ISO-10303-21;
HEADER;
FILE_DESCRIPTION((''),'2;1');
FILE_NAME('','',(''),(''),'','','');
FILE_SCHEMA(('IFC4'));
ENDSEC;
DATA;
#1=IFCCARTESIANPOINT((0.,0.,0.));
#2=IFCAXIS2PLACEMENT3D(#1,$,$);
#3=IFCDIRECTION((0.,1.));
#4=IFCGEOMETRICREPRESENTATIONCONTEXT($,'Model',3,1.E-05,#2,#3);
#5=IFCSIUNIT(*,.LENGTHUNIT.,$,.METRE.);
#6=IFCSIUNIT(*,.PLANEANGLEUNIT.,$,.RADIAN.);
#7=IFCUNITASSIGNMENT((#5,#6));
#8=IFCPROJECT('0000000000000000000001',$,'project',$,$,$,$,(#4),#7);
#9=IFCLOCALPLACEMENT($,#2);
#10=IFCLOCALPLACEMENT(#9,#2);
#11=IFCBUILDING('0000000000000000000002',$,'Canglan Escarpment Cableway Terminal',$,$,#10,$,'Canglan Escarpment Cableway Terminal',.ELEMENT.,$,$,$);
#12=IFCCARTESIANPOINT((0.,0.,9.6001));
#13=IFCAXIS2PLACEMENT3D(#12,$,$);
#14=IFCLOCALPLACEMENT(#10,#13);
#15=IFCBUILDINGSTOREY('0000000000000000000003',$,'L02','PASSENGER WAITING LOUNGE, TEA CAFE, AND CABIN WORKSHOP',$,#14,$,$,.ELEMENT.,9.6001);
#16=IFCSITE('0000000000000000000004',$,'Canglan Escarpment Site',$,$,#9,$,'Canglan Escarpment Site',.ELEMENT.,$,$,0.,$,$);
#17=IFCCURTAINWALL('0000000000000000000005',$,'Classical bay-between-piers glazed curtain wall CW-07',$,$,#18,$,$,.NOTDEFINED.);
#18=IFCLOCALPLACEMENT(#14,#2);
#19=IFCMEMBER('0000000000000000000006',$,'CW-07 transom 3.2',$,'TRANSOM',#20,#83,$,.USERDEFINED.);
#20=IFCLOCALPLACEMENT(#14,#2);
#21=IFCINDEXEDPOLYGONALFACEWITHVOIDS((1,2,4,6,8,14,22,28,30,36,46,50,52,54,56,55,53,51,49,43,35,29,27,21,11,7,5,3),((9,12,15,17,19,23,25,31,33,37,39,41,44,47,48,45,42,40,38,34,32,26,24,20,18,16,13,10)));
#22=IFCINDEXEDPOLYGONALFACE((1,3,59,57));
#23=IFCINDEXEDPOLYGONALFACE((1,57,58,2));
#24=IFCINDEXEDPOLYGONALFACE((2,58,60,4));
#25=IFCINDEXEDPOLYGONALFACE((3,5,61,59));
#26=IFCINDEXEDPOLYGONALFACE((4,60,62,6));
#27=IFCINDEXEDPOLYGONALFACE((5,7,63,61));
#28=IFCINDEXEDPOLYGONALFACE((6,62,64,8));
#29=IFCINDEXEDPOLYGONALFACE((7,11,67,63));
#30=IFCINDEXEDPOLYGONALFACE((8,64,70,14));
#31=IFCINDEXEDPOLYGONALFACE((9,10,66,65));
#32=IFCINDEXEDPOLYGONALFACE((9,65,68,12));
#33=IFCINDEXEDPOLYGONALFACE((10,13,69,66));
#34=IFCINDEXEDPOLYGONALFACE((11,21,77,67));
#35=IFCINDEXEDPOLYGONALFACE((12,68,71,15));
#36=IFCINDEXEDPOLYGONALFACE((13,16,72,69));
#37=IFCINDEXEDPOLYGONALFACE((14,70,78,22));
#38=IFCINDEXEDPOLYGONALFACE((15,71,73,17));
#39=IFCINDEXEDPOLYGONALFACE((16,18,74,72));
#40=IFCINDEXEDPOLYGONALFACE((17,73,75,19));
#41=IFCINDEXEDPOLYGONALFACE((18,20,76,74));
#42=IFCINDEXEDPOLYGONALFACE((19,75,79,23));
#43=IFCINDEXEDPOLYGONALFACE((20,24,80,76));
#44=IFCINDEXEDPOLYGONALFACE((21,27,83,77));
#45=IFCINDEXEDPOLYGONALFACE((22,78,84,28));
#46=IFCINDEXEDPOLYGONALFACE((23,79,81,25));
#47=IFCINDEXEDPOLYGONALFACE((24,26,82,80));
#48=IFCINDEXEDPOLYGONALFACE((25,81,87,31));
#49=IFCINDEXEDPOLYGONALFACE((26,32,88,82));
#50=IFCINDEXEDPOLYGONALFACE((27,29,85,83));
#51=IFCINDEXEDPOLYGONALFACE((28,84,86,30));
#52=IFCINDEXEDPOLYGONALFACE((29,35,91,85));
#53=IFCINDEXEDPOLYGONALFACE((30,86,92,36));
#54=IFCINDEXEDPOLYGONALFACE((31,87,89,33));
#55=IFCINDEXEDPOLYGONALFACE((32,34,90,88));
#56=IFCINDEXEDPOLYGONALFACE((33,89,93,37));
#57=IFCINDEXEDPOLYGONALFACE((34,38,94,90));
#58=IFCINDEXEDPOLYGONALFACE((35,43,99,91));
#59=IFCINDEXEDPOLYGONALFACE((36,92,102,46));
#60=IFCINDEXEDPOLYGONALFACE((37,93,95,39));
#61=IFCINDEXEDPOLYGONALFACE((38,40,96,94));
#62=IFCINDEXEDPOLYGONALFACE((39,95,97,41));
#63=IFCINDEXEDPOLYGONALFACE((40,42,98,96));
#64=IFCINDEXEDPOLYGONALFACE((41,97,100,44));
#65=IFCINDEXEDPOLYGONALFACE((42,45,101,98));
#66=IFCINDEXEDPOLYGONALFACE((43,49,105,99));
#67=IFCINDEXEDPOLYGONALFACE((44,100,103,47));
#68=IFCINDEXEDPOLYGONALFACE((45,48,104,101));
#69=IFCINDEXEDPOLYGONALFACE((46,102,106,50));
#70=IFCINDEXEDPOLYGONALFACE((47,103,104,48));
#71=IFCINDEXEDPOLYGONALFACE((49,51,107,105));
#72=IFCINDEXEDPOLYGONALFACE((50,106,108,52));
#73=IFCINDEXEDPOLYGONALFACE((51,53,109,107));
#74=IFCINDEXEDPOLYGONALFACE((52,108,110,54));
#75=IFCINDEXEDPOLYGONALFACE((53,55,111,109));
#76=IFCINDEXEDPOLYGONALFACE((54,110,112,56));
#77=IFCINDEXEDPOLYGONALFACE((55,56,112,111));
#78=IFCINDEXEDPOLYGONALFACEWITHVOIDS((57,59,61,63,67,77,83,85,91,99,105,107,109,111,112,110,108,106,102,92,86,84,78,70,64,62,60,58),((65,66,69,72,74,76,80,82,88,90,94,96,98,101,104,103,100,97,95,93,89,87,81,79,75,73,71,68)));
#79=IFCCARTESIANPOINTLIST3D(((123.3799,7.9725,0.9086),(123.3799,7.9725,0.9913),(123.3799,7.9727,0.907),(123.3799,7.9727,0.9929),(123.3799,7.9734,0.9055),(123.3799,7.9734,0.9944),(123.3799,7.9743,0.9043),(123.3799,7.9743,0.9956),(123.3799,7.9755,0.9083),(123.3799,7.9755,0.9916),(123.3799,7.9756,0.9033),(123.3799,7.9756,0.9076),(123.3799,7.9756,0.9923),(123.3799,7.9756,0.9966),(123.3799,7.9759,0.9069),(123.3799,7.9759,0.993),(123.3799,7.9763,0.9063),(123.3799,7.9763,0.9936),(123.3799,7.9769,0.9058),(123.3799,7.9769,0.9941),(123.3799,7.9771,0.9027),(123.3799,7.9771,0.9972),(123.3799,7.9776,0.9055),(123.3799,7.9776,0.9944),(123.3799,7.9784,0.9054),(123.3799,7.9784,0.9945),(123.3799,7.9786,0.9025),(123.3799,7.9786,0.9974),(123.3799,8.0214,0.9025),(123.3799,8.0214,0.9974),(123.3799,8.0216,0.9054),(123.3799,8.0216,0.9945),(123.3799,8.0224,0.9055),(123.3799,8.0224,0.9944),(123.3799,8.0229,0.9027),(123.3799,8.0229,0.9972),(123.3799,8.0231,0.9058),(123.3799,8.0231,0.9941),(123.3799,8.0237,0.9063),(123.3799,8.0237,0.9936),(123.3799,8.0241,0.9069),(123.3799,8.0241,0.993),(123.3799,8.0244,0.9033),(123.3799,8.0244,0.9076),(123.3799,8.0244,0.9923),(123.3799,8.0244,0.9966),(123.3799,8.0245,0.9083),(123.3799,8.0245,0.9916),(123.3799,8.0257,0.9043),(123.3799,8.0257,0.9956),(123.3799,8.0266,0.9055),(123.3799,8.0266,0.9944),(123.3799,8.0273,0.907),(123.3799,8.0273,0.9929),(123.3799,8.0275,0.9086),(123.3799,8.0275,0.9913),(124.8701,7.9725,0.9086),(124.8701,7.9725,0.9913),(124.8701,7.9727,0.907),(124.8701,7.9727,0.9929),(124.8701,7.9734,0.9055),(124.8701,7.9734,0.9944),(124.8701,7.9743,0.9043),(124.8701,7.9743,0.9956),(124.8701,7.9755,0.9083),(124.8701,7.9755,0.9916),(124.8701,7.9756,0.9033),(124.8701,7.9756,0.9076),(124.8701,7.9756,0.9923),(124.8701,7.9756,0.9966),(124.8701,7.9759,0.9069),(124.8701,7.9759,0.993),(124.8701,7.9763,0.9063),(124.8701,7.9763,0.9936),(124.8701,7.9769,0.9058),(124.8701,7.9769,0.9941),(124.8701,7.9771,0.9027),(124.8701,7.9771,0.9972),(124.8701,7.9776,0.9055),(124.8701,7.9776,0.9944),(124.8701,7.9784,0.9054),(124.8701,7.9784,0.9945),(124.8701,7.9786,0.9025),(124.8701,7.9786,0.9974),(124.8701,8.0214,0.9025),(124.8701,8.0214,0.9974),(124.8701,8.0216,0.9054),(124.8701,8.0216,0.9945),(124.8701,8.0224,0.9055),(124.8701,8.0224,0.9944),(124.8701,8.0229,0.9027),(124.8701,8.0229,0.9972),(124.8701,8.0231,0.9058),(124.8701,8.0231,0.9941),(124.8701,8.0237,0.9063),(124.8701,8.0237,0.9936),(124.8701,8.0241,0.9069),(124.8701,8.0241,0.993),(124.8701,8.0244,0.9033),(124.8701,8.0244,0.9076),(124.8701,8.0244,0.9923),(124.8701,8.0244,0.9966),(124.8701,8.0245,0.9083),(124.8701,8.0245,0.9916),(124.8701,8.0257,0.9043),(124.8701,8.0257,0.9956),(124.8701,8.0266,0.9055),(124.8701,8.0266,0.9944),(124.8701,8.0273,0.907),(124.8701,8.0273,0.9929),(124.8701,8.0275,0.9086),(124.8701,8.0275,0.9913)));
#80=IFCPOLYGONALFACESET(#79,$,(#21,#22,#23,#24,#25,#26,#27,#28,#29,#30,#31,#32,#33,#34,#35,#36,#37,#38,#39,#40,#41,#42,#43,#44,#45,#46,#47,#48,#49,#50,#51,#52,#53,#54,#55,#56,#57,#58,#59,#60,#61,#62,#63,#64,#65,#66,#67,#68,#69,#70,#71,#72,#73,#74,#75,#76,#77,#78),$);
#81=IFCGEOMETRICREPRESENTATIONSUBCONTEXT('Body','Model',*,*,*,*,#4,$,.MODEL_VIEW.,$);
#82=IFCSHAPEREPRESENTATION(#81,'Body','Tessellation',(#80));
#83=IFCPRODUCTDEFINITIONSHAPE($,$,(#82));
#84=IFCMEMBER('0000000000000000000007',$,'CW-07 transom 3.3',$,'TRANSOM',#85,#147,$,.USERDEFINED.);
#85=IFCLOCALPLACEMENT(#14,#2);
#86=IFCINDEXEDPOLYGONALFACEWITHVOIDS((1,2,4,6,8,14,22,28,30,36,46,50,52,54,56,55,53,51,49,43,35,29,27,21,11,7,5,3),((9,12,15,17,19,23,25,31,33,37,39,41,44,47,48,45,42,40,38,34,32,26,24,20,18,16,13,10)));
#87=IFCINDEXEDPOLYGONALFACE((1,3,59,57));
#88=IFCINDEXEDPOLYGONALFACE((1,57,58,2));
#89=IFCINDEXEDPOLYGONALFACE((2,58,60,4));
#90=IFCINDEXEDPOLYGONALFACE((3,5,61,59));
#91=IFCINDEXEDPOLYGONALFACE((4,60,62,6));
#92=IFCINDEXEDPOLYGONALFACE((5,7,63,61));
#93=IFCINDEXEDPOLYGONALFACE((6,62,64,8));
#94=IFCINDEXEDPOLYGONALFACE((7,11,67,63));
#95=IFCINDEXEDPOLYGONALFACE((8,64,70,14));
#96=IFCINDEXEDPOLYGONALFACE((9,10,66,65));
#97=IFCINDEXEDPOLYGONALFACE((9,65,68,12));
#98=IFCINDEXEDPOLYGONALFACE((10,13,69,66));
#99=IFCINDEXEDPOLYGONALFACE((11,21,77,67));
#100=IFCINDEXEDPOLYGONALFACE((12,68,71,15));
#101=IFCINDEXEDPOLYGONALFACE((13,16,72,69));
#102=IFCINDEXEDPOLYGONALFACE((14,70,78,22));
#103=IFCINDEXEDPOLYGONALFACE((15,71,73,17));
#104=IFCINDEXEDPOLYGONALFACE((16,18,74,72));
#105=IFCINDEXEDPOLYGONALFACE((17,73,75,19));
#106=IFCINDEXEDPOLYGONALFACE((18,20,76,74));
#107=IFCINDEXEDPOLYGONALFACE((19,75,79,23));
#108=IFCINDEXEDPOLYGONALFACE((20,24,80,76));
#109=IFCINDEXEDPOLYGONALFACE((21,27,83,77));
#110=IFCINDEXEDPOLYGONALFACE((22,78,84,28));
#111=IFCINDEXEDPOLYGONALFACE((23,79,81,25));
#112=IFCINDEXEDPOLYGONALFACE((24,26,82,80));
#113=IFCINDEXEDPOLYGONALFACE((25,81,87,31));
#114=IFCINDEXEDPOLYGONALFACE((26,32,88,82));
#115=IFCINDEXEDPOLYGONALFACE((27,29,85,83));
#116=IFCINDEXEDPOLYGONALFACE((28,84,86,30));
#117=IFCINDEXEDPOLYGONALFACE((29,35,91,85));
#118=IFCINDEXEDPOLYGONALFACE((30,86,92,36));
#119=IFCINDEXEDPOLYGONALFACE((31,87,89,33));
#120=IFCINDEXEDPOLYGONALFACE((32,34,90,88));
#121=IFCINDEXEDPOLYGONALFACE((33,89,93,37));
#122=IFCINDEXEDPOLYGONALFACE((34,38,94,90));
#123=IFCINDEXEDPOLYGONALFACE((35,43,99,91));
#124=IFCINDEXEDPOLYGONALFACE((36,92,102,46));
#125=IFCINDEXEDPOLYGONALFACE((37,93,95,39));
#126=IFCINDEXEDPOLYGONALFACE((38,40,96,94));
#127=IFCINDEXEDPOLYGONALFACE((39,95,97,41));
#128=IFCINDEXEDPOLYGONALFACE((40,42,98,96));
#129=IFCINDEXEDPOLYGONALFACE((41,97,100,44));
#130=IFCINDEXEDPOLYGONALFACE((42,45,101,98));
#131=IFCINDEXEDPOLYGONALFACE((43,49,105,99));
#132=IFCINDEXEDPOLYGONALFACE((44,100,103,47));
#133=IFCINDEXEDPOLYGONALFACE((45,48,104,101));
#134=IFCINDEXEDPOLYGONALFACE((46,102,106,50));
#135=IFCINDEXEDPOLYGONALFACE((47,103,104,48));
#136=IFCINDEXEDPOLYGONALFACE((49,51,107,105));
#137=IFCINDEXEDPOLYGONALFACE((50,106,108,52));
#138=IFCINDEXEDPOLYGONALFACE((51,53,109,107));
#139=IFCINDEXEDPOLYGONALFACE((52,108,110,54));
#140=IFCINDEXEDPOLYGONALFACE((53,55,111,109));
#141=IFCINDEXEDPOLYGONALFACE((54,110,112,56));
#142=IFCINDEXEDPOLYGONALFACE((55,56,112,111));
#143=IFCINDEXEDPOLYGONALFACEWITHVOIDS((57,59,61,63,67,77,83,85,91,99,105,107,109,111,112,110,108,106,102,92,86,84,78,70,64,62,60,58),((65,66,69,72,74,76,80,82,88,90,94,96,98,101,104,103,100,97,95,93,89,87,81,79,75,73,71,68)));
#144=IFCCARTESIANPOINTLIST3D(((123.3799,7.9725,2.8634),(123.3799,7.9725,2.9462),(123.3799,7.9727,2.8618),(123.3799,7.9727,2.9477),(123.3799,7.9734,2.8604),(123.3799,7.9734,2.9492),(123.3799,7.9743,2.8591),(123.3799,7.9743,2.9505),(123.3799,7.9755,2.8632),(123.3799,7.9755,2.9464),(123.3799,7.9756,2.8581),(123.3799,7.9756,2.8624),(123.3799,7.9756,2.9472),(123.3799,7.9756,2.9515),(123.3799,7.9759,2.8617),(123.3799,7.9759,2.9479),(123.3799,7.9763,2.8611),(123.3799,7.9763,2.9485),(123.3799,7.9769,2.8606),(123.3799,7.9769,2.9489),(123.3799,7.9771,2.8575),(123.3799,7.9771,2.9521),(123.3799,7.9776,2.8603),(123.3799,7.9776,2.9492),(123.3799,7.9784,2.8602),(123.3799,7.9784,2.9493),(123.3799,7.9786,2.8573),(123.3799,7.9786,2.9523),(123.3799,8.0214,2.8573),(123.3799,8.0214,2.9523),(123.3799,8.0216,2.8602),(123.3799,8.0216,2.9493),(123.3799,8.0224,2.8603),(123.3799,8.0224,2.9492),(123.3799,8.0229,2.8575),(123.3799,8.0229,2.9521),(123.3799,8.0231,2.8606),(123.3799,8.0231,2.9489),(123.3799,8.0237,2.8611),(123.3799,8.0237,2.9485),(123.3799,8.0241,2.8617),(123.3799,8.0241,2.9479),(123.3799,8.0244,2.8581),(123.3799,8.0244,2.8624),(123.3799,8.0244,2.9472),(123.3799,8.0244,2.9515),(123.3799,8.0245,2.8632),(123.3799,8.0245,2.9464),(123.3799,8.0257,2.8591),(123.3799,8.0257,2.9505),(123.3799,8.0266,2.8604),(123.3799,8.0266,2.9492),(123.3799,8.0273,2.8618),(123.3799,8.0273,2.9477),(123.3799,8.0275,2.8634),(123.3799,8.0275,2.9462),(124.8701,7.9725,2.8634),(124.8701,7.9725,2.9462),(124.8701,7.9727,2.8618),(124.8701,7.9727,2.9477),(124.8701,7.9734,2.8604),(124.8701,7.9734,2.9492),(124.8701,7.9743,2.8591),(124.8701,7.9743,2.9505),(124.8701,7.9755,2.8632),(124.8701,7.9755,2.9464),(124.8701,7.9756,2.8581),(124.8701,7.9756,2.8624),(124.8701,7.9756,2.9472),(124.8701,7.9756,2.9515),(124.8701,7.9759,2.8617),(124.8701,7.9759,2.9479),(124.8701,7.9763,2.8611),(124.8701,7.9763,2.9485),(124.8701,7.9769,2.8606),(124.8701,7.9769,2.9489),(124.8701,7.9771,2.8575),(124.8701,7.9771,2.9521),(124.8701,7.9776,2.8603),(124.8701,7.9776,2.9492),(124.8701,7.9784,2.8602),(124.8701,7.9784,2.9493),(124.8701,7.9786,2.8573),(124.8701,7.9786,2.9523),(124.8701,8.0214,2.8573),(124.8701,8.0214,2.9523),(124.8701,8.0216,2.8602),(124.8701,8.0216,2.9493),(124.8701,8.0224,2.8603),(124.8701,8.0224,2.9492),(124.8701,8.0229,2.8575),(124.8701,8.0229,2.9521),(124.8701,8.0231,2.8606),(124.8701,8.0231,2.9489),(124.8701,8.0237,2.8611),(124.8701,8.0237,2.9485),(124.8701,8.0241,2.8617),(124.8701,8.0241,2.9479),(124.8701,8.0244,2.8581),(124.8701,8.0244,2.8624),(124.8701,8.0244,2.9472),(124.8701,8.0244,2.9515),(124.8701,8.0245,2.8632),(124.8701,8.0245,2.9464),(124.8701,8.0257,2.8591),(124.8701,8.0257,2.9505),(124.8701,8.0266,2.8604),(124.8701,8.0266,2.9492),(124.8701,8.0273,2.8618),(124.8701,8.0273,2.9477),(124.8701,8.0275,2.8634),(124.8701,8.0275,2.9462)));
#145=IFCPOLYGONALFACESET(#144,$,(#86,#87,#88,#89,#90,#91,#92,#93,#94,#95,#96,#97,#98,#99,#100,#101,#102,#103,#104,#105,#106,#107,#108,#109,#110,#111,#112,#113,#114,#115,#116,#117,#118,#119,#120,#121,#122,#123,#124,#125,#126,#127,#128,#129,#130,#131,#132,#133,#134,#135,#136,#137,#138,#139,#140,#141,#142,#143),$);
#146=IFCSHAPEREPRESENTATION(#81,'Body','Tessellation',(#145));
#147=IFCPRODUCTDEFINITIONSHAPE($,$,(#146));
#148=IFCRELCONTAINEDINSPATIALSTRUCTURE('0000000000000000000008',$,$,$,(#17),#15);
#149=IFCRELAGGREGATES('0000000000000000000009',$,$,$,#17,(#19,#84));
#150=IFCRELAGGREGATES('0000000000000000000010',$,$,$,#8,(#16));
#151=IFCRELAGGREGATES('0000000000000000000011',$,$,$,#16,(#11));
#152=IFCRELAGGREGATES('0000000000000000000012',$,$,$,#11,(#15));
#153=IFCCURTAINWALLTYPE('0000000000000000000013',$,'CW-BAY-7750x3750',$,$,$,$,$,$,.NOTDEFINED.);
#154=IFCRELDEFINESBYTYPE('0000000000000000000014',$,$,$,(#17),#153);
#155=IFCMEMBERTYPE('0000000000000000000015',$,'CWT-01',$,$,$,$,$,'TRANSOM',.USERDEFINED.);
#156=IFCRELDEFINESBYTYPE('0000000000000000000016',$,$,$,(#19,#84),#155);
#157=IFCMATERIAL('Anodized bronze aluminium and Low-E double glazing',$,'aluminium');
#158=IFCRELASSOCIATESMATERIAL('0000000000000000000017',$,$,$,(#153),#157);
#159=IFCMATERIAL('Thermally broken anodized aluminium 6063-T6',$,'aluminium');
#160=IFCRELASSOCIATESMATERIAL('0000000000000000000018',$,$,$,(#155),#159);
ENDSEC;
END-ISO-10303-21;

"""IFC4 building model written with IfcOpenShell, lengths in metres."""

from ifc_helpers import new_model, si_unit, direction, frame, origin, origin_2d, place, context, subcontext, project, spatial, hollow_rectangle, extrude, material, material_profile, profile_set, type_object, element, aggregate, save


model = new_model("IFC4")

# Units and contexts
model_context = context("Model", 3, precision=1e-05, world=origin(), true_north=direction((0.0, 1.0)))
body_context = subcontext(model_context, "Body", "Model", "MODEL_VIEW")
ifc_project = project(units=[si_unit("LENGTHUNIT", "METRE"), si_unit("PLANEANGLEUNIT", "RADIAN")], contexts=[model_context])

# Site, building, storey
site_placement = place(None, origin())
site = spatial("IfcSite", under=ifc_project, at=site_placement, Name="Canglan Escarpment Site", LongName="Canglan Escarpment Site", CompositionType="ELEMENT", RefElevation=0.0)
building_placement = place(site_placement, origin())
building = spatial("IfcBuilding", under=site, at=building_placement, Name="Canglan Escarpment Cableway Terminal", LongName="Canglan Escarpment Cableway Terminal", CompositionType="ELEMENT")
storey_placement = place(building_placement, frame((0.0, 0.0, 9.6001)))
storey = spatial("IfcBuildingStorey", under=building, at=storey_placement, Name="L02", Description="PASSENGER WAITING LOUNGE, TEA CAFE, AND CABIN WORKSHOP", CompositionType="ELEMENT", Elevation=9.6001)

# Curtain wall, members
ifc_material_1 = material(Name="Anodized bronze aluminium and Low-E double glazing", Category="aluminium")
curtain_wall_type = type_object("IfcCurtainWallType", Name="CW-BAY-7750x3750", PredefinedType="NOTDEFINED", material=ifc_material_1)
curtain_wall_placement = place(storey_placement, origin())
curtain_wall = element("IfcCurtainWall", 1, at=curtain_wall_placement, inside=storey, type_object=curtain_wall_type, Name="Classical bay-between-piers glazed curtain wall CW-07", PredefinedType="NOTDEFINED")
ifc_material_2 = material(Name="Thermally broken anodized aluminium 6063-T6", Category="aluminium")
ifc_material_profile_1 = material_profile(ifc_material_2, hollow_rectangle(XDim=0.0549, YDim=0.095, WallThickness=0.0029, InnerFilletRadius=0.0029, OuterFilletRadius=0.0061, at=origin_2d()), Name="ALU-TRAN 55x95x3")
ifc_profile_set_1 = profile_set([ifc_material_profile_1], Name="Thermally broken anodized aluminium 6063-T6")
member_type_1 = type_object("IfcMemberType", Name="CWT-01", ElementType="TRANSOM", PredefinedType="USERDEFINED", material=ifc_profile_set_1)
member_1_placement = place(storey_placement, frame((123.3799, 8.0, 0.95), z_axis=(1.0, 0.0, 0.0), x_axis=(0.0, 1.0, 0.0)))
member_1 = element("IfcMember", 2, at=member_1_placement, type_object=member_type_1, Name="CW-07 transom 3.2", ObjectType="TRANSOM", PredefinedType="USERDEFINED", context=body_context, shape_type="SweptSolid", body=[
    extrude(hollow_rectangle(XDim=0.0549, YDim=0.095, WallThickness=0.0029, InnerFilletRadius=0.0029, OuterFilletRadius=0.0061, at=origin_2d()), origin(), (0.0, 0.0, 1.0), 1.4902),
])
member_2_placement = place(storey_placement, frame((123.3799, 8.0, 2.9048), z_axis=(1.0, 0.0, 0.0), x_axis=(0.0, 1.0, 0.0)))
member_2 = element("IfcMember", 3, at=member_2_placement, type_object=member_type_1, Name="CW-07 transom 3.3", ObjectType="TRANSOM", PredefinedType="USERDEFINED", context=body_context, shape_type="SweptSolid", body=[
    extrude(hollow_rectangle(XDim=0.0549, YDim=0.095, WallThickness=0.0029, InnerFilletRadius=0.0029, OuterFilletRadius=0.0061, at=origin_2d()), origin(), (0.0, 0.0, 1.0), 1.4902),
])

aggregate(curtain_wall, [member_1, member_2])

save(model, "model.ifc")
